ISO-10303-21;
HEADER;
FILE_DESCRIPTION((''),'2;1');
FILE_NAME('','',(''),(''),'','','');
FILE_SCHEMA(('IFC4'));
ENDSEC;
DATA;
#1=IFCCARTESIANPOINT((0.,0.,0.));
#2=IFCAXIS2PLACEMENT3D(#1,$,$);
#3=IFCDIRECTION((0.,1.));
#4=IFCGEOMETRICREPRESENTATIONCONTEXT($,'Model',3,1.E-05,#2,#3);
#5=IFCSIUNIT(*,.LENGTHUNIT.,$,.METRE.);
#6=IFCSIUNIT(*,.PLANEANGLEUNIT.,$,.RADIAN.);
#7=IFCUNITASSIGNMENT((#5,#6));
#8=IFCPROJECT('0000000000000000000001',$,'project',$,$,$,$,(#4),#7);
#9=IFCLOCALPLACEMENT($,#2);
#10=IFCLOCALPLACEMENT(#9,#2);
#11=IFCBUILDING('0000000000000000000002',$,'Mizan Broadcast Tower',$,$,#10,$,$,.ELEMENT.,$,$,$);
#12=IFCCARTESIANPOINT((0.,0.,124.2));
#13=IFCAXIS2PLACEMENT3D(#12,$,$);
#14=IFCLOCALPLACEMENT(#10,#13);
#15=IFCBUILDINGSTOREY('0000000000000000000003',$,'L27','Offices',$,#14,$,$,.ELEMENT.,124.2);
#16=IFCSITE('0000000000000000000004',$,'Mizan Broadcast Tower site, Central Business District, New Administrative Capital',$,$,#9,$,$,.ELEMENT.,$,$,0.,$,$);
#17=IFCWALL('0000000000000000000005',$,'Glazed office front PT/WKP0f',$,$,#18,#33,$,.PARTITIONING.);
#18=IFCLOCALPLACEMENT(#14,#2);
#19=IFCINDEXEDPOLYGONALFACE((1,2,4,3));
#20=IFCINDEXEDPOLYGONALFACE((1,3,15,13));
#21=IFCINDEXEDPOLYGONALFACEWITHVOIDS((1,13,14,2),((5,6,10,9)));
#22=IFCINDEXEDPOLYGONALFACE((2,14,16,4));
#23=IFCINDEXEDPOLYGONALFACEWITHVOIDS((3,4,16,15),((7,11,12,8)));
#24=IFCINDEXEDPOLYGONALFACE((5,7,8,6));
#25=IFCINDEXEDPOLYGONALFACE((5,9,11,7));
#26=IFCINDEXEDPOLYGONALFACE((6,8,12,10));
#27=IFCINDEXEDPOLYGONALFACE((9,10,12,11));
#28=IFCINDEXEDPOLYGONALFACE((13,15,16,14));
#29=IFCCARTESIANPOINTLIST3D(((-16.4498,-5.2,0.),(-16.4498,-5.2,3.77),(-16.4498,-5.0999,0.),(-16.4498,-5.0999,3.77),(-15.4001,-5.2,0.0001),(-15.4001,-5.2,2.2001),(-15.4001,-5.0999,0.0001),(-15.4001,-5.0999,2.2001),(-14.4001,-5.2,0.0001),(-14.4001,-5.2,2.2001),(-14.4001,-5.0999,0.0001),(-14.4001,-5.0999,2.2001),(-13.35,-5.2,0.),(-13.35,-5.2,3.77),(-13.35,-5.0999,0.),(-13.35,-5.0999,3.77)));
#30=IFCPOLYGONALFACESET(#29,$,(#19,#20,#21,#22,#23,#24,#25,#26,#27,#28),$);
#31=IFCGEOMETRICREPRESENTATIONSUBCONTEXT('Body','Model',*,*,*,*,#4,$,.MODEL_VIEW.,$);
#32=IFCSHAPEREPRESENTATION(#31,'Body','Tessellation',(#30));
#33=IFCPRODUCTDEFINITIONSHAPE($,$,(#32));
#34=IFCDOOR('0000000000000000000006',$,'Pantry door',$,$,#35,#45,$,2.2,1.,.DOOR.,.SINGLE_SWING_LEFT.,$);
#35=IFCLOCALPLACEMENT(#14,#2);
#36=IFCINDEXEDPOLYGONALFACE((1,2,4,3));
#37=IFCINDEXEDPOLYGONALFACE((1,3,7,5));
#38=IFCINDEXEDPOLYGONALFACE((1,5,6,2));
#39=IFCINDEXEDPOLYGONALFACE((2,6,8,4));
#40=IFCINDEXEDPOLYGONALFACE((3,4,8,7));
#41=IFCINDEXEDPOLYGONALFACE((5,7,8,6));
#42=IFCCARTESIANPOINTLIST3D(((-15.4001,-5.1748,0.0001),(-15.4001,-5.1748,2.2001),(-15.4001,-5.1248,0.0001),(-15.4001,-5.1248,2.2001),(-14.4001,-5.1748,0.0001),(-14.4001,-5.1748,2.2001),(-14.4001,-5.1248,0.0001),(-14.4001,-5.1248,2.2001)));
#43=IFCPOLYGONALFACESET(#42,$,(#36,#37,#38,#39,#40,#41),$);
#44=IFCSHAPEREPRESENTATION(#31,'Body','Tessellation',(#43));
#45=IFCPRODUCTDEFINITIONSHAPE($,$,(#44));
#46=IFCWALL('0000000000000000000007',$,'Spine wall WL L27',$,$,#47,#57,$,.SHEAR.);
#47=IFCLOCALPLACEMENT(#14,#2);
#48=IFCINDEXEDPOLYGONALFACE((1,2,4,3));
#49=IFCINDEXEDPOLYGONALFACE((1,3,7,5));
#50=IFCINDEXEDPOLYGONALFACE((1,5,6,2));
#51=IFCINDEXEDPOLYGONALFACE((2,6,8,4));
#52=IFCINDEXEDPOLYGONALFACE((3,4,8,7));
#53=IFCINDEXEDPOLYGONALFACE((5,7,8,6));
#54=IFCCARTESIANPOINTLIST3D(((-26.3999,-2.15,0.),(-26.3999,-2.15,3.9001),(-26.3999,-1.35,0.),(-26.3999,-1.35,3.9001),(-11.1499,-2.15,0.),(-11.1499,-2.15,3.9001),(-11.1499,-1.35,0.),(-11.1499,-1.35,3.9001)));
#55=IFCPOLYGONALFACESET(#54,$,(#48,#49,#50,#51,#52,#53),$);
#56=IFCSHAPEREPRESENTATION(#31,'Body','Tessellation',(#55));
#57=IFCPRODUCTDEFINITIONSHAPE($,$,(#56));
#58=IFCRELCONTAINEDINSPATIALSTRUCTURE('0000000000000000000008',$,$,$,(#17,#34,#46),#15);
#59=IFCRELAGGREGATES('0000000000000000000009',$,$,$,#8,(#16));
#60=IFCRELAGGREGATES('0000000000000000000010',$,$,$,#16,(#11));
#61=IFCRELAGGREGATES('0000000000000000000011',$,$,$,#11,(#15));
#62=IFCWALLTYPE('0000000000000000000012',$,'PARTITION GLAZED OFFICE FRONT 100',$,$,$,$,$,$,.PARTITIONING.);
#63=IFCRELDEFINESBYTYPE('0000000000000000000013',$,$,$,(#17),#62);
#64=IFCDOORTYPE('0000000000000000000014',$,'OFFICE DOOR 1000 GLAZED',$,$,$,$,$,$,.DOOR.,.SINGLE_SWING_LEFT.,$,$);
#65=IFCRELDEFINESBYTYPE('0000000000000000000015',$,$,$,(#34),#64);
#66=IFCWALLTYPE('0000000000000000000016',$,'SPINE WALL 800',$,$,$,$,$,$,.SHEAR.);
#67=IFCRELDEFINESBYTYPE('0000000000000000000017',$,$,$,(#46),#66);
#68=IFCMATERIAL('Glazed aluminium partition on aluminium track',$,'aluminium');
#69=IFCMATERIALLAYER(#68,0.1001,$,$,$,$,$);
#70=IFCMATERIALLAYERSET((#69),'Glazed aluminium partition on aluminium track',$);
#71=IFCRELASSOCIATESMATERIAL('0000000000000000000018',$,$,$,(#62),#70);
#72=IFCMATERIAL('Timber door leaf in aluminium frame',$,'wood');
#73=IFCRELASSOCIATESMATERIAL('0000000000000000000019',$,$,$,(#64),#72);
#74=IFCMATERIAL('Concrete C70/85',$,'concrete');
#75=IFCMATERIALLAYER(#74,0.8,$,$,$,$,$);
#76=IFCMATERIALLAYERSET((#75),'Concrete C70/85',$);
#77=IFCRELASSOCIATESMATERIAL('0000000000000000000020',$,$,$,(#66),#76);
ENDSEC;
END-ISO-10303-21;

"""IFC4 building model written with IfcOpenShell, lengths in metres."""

from ifc_helpers import new_model, si_unit, direction, frame, frame_2d, origin, place, context, subcontext, project, spatial, rectangle, extrude, material, layer, layer_set, type_object, element, fill, save


model = new_model("IFC4")

# Units and contexts
model_context = context("Model", 3, precision=1e-05, world=origin(), true_north=direction((0.0, 1.0)))
body_context = subcontext(model_context, "Body", "Model", "MODEL_VIEW")
ifc_project = project(units=[si_unit("LENGTHUNIT", "METRE"), si_unit("PLANEANGLEUNIT", "RADIAN")], contexts=[model_context])

# Site, building, storey
site_placement = place(None, origin())
site = spatial("IfcSite", under=ifc_project, at=site_placement, Name="Mizan Broadcast Tower site, Central Business District, New Administrative Capital", CompositionType="ELEMENT", RefElevation=0.0)
building_placement = place(site_placement, origin())
building = spatial("IfcBuilding", under=site, at=building_placement, Name="Mizan Broadcast Tower", CompositionType="ELEMENT")
storey_placement = place(building_placement, frame((0.0, 0.0, 124.2)))
storey = spatial("IfcBuildingStorey", under=building, at=storey_placement, Name="L27", Description="Offices", CompositionType="ELEMENT", Elevation=124.2)

# Shared definitions
ifc_material_1 = material(Name="Glazed aluminium partition on aluminium track", Category="aluminium")
ifc_layer_1 = layer(ifc_material_1, 0.1001)
ifc_layer_set_1 = layer_set([ifc_layer_1], Name="Glazed aluminium partition on aluminium track")
wall_type_1 = type_object("IfcWallType", Name="PARTITION GLAZED OFFICE FRONT 100", PredefinedType="PARTITIONING", material=ifc_layer_set_1)

# Wall, opening, door
wall_1_placement = place(storey_placement, frame((-13.3501, -5.1499, 0.0), z_axis=(0.0, 0.0, 1.0), x_axis=(-1.0, 0.0, 0.0)))
wall_1 = element("IfcWall", 1, at=wall_1_placement, inside=storey, type_object=wall_type_1, Name="Glazed office front PT/WKP0f", PredefinedType="PARTITIONING", context=body_context, shape_type="SweptSolid", body=[
    extrude(rectangle(XDim=3.0999, YDim=0.1001, at=frame_2d((1.5498, 0.0))), origin(), (0.0, 0.0, 1.0), 3.77),
])
opening_1_placement = place(wall_1_placement, frame((1.05, 0.0, 0.0)))
opening_1 = element("IfcOpeningElement", 2, at=opening_1_placement, cuts=wall_1, PredefinedType="OPENING", context=body_context, shape_type="SweptSolid", body=[
    extrude(rectangle(XDim=1.0, YDim=2.2, at=frame_2d((0.5, 1.1001))), frame((0.0, 0.0601, 0.0), z_axis=(0.0, -1.0, 0.0), x_axis=(1.0, 0.0, 0.0)), (0.0, 0.0, 1.0), 0.1201),
])
ifc_material_2 = material(Name="Timber door leaf in aluminium frame", Category="wood")
door_type_1 = type_object("IfcDoorType", Name="OFFICE DOOR 1000 GLAZED", OperationType="SINGLE_SWING_LEFT", PredefinedType="DOOR", material=ifc_material_2)
door_1_placement = place(opening_1_placement, origin())
door_1 = element("IfcDoor", 3, at=door_1_placement, inside=storey, type_object=door_type_1, Name="Pantry door", OperationType="SINGLE_SWING_LEFT", OverallHeight=2.2, OverallWidth=1.0, PredefinedType="DOOR", context=body_context, shape_type="SweptSolid", body=[
    extrude(rectangle(XDim=1.0, YDim=2.2, at=frame_2d((0.5, 1.1001))), frame((0.0, 0.0249, 0.0), z_axis=(0.0, -1.0, 0.0), x_axis=(1.0, 0.0, 0.0)), (0.0, 0.0, 1.0), 0.05),
])
fill(opening_1, door_1)

# Wall
ifc_material_3 = material(Name="Concrete C70/85", Category="concrete")
ifc_layer_2 = layer(ifc_material_3, 0.8)
ifc_layer_set_2 = layer_set([ifc_layer_2], Name="Concrete C70/85")
wall_type_2 = type_object("IfcWallType", Name="SPINE WALL 800", PredefinedType="SHEAR", material=ifc_layer_set_2)
wall_2_placement = place(storey_placement, frame((-11.1499, -1.75, 0.0), z_axis=(0.0, 0.0, 1.0), x_axis=(-1.0, 0.0, 0.0)))
element("IfcWall", 4, at=wall_2_placement, inside=storey, type_object=wall_type_2, Name="Spine wall WL L27", PredefinedType="SHEAR", context=body_context, shape_type="SweptSolid", body=[
    extrude(rectangle(XDim=15.25, YDim=0.8, at=frame_2d((7.625, 0.0))), origin(), (0.0, 0.0, 1.0), 3.9001),
])

save(model, "model.ifc")
